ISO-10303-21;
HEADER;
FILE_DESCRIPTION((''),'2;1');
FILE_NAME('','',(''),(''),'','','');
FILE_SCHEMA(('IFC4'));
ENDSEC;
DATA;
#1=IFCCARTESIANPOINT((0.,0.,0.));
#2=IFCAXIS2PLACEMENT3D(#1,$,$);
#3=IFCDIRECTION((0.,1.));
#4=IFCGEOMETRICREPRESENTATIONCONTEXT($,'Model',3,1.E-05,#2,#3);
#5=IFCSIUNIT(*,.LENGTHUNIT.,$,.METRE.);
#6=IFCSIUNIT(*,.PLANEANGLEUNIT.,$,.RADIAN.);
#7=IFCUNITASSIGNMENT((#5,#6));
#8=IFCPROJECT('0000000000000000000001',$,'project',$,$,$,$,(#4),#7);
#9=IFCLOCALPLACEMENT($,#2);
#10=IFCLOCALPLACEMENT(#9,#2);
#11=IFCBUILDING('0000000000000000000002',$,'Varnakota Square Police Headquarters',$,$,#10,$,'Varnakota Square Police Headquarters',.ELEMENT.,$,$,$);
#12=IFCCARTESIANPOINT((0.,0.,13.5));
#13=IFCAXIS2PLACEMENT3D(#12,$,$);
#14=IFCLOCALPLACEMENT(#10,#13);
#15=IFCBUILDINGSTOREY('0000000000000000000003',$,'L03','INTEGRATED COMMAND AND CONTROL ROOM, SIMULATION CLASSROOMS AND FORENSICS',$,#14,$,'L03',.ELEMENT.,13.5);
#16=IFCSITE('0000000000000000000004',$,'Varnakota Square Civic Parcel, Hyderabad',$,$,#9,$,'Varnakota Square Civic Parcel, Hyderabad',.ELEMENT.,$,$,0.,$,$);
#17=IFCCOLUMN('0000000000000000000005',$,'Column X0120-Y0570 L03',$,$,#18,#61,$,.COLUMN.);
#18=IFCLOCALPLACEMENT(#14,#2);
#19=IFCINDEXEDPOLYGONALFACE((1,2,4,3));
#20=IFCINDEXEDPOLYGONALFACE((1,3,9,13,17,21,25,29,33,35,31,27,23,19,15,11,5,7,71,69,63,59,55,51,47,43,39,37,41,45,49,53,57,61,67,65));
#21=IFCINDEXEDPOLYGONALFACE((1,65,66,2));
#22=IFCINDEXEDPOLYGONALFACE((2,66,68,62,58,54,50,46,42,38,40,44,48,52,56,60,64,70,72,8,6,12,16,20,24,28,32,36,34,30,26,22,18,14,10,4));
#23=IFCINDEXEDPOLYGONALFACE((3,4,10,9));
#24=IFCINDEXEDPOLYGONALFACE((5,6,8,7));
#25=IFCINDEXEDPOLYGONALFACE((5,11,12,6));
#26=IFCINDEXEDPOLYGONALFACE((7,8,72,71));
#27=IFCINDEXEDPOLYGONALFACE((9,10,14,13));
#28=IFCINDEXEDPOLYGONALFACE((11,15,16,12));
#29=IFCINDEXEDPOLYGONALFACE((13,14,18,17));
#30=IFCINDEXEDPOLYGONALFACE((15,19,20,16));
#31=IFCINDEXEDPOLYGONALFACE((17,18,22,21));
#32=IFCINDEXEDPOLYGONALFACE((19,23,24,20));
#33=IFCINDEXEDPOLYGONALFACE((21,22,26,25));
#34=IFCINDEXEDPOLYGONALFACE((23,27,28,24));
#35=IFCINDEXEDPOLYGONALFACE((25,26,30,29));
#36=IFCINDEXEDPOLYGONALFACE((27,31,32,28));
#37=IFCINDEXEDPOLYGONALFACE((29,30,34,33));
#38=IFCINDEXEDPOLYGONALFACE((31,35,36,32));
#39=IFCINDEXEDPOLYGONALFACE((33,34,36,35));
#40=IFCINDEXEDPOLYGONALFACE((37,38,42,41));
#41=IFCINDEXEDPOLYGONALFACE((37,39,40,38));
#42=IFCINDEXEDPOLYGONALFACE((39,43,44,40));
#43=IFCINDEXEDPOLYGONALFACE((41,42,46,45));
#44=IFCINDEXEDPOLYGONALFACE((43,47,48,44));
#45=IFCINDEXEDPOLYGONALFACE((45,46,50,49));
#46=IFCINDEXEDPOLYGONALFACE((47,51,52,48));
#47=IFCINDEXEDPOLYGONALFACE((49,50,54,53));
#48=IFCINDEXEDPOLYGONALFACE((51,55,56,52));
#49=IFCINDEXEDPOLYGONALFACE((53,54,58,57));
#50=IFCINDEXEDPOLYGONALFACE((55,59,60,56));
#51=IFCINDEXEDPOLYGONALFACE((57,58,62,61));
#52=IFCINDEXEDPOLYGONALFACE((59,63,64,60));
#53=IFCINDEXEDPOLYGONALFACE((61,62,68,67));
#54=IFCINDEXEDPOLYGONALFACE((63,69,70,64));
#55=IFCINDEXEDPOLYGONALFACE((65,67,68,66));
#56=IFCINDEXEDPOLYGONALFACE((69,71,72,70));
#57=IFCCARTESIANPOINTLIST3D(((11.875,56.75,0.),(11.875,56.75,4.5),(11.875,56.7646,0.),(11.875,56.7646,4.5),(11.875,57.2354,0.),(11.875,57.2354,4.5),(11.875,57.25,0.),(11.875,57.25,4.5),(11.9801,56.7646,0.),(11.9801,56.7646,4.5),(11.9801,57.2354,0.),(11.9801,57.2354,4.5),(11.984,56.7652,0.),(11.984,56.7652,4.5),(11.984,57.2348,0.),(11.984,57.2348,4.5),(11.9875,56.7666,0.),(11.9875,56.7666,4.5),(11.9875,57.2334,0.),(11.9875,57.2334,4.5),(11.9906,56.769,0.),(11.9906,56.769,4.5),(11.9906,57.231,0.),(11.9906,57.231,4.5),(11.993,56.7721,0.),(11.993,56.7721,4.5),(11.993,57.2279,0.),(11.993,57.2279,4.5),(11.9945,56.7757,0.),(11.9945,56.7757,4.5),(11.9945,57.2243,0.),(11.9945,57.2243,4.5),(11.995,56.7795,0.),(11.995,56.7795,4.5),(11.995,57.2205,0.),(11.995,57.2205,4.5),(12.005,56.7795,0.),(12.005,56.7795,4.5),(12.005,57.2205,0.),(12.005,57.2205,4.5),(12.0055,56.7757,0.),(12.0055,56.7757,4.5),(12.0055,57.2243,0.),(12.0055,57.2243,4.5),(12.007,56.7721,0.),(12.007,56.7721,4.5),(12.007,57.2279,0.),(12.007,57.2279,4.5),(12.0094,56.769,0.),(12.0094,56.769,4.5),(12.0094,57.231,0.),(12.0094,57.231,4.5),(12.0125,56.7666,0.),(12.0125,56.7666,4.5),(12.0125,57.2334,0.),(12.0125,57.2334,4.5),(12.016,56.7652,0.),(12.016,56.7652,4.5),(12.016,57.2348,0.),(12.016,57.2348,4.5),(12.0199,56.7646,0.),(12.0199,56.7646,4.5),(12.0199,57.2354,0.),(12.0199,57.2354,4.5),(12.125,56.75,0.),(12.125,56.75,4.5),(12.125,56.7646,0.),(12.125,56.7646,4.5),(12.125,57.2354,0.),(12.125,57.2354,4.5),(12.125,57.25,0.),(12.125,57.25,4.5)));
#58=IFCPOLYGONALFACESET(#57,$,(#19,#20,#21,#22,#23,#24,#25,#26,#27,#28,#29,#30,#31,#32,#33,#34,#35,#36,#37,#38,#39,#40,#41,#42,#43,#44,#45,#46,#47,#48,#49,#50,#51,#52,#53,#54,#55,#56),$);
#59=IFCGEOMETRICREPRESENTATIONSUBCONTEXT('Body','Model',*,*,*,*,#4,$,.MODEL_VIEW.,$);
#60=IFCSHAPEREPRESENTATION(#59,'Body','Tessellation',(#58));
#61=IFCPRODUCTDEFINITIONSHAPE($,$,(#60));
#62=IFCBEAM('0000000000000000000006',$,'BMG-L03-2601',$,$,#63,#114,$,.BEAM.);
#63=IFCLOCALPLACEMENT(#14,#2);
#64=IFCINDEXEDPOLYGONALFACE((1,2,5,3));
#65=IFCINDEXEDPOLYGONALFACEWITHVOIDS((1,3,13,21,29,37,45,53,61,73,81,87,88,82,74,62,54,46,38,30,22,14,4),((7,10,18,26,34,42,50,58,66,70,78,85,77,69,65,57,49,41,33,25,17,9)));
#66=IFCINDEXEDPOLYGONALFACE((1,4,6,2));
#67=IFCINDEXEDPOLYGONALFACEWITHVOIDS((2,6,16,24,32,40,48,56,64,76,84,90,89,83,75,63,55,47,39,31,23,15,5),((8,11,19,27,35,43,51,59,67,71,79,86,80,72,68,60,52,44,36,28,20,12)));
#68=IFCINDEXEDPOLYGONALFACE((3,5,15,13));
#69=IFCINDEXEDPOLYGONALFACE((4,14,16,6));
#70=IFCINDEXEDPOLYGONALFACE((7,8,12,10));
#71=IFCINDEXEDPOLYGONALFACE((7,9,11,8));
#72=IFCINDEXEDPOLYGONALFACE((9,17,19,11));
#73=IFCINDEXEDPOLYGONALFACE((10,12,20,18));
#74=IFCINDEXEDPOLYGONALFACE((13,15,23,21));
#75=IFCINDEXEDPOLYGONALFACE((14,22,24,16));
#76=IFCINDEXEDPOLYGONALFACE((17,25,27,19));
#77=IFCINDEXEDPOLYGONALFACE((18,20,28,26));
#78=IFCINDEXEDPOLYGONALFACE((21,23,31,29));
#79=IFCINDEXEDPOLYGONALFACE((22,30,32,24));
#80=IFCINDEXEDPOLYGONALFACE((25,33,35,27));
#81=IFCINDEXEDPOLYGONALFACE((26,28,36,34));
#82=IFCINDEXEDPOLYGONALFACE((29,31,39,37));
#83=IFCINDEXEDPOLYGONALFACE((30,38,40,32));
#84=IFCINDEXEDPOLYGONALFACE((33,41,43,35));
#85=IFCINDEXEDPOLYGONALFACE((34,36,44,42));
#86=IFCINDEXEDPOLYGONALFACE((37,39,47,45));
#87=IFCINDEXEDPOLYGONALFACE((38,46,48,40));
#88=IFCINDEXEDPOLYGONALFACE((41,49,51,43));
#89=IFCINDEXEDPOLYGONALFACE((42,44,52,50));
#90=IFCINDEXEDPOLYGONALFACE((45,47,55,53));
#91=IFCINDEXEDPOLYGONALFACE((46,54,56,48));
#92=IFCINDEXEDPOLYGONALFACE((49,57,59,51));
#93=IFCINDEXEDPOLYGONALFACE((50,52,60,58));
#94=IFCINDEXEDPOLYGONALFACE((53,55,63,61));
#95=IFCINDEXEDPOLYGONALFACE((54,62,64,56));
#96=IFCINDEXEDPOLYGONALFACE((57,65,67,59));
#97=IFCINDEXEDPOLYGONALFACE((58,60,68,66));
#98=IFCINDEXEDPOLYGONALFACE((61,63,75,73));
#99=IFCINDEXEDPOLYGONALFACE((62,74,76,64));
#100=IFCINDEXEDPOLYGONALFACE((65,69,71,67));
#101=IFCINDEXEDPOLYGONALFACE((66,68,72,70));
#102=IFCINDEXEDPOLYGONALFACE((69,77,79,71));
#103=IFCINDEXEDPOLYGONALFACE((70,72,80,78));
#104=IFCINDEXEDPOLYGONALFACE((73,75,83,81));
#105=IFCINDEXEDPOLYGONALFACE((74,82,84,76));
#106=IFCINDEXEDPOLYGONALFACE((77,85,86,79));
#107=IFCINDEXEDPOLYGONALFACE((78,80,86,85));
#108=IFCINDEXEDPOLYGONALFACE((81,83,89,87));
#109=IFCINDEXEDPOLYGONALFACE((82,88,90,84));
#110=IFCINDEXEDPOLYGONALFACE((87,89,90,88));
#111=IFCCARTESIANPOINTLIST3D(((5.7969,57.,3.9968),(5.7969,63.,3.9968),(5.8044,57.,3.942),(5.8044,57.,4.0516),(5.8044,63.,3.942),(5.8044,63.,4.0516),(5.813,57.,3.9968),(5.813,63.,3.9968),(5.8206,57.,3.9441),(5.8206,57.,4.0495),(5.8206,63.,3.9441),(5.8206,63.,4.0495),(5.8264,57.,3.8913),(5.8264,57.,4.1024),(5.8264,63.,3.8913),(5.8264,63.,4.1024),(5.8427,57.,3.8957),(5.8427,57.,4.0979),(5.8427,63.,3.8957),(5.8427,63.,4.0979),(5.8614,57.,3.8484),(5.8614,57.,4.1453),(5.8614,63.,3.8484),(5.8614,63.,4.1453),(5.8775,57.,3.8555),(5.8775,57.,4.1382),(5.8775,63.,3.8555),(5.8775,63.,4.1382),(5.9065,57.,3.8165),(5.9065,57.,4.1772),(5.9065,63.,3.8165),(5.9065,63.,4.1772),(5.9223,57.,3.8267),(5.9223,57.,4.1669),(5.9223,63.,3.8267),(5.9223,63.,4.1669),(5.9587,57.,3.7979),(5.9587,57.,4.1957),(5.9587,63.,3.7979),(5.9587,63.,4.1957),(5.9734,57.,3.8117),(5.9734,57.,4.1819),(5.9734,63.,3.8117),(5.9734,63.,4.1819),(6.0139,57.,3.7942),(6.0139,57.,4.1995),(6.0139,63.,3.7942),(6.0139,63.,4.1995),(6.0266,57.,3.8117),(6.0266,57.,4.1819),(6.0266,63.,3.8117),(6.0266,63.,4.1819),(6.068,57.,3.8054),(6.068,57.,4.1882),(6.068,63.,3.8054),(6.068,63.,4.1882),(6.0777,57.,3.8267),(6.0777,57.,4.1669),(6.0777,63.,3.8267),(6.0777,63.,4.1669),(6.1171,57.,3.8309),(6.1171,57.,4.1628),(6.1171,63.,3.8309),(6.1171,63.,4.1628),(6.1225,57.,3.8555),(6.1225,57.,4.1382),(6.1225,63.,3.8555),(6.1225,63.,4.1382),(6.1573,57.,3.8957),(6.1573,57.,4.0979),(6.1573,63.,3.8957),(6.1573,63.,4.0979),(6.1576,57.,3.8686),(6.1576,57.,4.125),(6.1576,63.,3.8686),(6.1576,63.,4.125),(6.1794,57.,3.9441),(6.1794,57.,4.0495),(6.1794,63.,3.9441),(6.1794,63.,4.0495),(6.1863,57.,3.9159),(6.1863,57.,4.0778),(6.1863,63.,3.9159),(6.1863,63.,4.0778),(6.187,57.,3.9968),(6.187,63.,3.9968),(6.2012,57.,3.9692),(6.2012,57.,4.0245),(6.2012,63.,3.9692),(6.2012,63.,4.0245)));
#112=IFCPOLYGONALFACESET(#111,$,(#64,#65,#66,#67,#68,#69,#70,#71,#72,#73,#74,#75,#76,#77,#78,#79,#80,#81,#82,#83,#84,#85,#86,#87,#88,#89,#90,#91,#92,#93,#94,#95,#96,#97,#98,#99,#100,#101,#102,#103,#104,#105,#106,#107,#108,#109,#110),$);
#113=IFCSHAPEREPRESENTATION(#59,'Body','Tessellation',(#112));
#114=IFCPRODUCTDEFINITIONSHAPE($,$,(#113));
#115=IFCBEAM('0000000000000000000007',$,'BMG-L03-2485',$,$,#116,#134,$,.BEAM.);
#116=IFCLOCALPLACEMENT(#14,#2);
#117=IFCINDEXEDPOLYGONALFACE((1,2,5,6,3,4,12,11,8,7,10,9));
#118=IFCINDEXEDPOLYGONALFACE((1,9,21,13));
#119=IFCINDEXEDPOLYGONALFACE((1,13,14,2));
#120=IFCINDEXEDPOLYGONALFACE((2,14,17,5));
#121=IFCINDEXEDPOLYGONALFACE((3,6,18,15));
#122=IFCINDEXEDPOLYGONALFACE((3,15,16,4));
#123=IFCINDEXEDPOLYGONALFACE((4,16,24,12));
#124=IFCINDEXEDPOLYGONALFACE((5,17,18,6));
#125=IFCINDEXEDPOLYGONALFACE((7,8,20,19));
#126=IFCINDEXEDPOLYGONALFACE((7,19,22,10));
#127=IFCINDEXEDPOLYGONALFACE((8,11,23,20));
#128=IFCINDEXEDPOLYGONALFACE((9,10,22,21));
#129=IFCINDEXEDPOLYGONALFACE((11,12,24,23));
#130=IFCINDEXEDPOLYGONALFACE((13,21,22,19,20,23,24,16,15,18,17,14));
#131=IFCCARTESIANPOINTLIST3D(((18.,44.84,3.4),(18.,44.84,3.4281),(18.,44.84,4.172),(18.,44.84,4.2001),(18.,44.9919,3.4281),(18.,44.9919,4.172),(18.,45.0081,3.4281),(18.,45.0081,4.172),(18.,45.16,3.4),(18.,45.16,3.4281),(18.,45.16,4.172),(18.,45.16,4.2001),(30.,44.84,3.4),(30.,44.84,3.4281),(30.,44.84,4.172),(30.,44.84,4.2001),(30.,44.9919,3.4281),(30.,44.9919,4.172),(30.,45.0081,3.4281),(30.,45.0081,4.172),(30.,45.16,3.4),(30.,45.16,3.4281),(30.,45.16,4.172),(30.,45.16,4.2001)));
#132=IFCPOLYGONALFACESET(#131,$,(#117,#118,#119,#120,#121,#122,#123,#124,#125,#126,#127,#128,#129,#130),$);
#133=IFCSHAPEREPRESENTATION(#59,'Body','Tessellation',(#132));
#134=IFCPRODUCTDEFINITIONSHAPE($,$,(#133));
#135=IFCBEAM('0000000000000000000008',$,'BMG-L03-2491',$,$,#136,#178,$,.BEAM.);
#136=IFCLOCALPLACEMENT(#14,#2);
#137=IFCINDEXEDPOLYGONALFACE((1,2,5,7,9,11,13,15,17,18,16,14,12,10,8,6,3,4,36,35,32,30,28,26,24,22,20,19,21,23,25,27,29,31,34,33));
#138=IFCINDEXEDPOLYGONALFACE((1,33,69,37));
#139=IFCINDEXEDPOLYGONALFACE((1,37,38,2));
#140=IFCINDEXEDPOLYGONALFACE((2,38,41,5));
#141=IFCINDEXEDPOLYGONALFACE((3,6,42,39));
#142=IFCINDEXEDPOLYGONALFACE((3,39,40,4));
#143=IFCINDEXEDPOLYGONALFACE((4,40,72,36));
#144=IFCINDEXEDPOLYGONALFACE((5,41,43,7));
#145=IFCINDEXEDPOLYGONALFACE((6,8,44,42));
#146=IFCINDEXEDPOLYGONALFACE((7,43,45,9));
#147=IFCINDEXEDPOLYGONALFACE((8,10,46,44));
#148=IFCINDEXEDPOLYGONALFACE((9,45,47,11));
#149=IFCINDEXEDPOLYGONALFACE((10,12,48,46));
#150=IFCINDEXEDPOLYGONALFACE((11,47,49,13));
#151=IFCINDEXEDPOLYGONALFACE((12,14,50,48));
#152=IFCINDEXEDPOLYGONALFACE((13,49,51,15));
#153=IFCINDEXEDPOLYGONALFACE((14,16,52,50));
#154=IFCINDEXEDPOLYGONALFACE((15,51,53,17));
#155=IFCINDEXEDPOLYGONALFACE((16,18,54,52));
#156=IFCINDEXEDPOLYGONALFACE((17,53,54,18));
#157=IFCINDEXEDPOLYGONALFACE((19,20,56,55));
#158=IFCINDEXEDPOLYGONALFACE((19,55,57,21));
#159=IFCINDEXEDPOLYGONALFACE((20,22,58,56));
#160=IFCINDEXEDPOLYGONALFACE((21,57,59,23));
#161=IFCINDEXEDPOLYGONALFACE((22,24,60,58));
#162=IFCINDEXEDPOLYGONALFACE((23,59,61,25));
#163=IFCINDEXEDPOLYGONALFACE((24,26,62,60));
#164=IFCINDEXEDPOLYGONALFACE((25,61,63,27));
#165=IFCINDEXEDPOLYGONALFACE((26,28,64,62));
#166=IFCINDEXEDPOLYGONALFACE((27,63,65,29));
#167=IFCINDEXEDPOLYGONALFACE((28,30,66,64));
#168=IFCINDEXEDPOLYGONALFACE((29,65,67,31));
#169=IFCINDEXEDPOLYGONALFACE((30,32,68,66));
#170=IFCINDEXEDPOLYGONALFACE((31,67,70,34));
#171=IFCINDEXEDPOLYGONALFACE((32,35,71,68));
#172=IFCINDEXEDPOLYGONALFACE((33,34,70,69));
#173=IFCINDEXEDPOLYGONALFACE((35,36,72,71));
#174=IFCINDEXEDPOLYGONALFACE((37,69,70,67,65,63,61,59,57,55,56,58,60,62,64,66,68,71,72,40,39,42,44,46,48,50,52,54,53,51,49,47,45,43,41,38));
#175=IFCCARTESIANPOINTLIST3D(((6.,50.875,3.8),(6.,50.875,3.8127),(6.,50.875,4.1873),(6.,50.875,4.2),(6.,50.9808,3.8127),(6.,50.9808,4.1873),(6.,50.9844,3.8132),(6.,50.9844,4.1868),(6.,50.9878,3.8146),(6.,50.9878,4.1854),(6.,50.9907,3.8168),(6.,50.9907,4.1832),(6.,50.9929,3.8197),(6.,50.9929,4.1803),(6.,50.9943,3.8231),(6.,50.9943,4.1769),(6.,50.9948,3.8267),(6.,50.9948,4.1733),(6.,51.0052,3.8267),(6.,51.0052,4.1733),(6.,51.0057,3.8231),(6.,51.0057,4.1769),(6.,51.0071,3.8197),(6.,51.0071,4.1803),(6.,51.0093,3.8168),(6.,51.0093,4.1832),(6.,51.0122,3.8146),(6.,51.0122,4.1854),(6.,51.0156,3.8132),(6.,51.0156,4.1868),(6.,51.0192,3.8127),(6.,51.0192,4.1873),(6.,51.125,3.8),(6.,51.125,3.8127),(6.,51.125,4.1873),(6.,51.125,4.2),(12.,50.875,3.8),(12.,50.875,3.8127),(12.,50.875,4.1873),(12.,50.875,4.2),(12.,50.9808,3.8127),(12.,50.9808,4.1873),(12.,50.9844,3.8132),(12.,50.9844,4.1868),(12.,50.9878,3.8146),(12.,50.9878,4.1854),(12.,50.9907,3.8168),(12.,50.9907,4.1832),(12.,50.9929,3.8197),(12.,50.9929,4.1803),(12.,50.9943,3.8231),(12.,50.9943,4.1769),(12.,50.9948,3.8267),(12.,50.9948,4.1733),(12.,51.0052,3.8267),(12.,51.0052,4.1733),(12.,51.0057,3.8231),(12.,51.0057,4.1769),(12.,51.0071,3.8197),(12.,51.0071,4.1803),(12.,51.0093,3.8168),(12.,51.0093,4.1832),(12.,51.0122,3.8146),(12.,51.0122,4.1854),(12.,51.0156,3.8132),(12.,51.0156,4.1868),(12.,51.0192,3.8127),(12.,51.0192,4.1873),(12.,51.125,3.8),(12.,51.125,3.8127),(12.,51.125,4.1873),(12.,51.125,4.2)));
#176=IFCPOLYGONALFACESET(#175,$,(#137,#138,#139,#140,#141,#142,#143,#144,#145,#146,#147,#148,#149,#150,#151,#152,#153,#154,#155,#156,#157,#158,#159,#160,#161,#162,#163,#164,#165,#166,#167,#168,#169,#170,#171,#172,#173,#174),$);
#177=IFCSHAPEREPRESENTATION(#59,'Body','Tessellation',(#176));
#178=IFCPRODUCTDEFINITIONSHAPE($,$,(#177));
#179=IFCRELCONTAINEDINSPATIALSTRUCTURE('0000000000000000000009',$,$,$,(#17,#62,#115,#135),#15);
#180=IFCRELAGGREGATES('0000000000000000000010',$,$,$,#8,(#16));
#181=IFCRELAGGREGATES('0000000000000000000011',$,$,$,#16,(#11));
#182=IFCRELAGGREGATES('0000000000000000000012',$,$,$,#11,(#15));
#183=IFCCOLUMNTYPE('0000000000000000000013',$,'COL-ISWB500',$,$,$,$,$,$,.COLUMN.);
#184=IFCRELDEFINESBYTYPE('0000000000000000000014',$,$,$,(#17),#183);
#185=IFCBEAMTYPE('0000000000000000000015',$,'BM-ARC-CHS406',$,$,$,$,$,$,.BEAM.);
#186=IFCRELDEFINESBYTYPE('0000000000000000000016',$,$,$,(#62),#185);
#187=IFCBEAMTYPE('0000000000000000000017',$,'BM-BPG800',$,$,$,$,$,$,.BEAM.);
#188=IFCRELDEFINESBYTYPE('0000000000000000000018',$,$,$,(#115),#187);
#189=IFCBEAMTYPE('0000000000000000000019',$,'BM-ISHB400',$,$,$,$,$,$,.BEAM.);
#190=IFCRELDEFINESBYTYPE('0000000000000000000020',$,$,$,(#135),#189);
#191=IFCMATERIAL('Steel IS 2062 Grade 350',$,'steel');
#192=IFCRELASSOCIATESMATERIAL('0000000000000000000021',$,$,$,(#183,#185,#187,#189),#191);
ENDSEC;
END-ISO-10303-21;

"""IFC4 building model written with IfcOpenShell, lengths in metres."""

from ifc_helpers import new_model, si_unit, direction, frame, origin, origin_2d, place, context, subcontext, project, spatial, hollow_circle, i_section, extrude, material, material_profile, profile_set, type_object, element, save


model = new_model("IFC4")

# Units and contexts
model_context = context("Model", 3, precision=1e-05, world=origin(), true_north=direction((0.0, 1.0)))
body_context = subcontext(model_context, "Body", "Model", "MODEL_VIEW")
ifc_project = project(units=[si_unit("LENGTHUNIT", "METRE"), si_unit("PLANEANGLEUNIT", "RADIAN")], contexts=[model_context])

# Site, building, storey
site_placement = place(None, origin())
site = spatial("IfcSite", under=ifc_project, at=site_placement, Name="Varnakota Square Civic Parcel, Hyderabad", LongName="Varnakota Square Civic Parcel, Hyderabad", CompositionType="ELEMENT", RefElevation=0.0)
building_placement = place(site_placement, origin())
building = spatial("IfcBuilding", under=site, at=building_placement, Name="Varnakota Square Police Headquarters", LongName="Varnakota Square Police Headquarters", CompositionType="ELEMENT")
storey_placement = place(building_placement, frame((0.0, 0.0, 13.5)))
storey = spatial("IfcBuildingStorey", under=building, at=storey_placement, Name="L03", Description="INTEGRATED COMMAND AND CONTROL ROOM, SIMULATION CLASSROOMS AND FORENSICS", LongName="L03", CompositionType="ELEMENT", Elevation=13.5)

# Column
ifc_material_1 = material(Name="Steel IS 2062 Grade 350", Category="steel")
ifc_material_profile_1 = material_profile(ifc_material_1, i_section(OverallWidth=0.25, OverallDepth=0.5, WebThickness=0.01, FlangeThickness=0.0146, FilletRadius=0.0149, at=origin_2d()), Name="ISWB 500")
ifc_profile_set_1 = profile_set([ifc_material_profile_1], Name="Steel IS 2062 Grade 350")
column_type_1 = type_object("IfcColumnType", Name="COL-ISWB500", PredefinedType="COLUMN", material=ifc_profile_set_1)
column_1_placement = place(storey_placement, frame((12.0, 57.0, 0.0), z_axis=(0.0, 0.0, 1.0), x_axis=(1.0, 0.0, 0.0)))
element("IfcColumn", 1, at=column_1_placement, inside=storey, type_object=column_type_1, Name="Column X0120-Y0570 L03", PredefinedType="COLUMN", context=body_context, shape_type="SweptSolid", body=[
    extrude(i_section(OverallWidth=0.25, OverallDepth=0.5, WebThickness=0.01, FlangeThickness=0.0146, FilletRadius=0.0149, at=origin_2d()), origin(), (0.0, 0.0, 1.0), 4.5),
])

# Beams
ifc_material_profile_2 = material_profile(ifc_material_1, hollow_circle(Radius=0.2031, WallThickness=0.0161, at=origin_2d()), Name="CHS 406.4x16.0")
ifc_profile_set_2 = profile_set([ifc_material_profile_2], Name="Steel IS 2062 Grade 350")
beam_type_1 = type_object("IfcBeamType", Name="BM-ARC-CHS406", PredefinedType="BEAM", material=ifc_profile_set_2)
beam_1_placement = place(storey_placement, frame((6.0, 57.0, 3.9968), z_axis=(0.0, 1.0, 0.0), x_axis=(-1.0, 0.0, 0.0)))
element("IfcBeam", 2, at=beam_1_placement, inside=storey, type_object=beam_type_1, Name="BMG-L03-2601", PredefinedType="BEAM", context=body_context, shape_type="SweptSolid", body=[
    extrude(hollow_circle(Radius=0.2031, WallThickness=0.0161, at=origin_2d()), origin(), (0.0, 0.0, 1.0), 6.0),
])
ifc_material_profile_3 = material_profile(ifc_material_1, i_section(OverallWidth=0.3201, OverallDepth=0.8, WebThickness=0.0161, FlangeThickness=0.0281, at=origin_2d()), Name="BPG 800x320")
ifc_profile_set_3 = profile_set([ifc_material_profile_3], Name="Steel IS 2062 Grade 350")
beam_type_2 = type_object("IfcBeamType", Name="BM-BPG800", PredefinedType="BEAM", material=ifc_profile_set_3)
beam_2_placement = place(storey_placement, frame((18.0, 45.0, 3.8), z_axis=(1.0, 0.0, 0.0), x_axis=(0.0, 1.0, 0.0)))
element("IfcBeam", 3, at=beam_2_placement, inside=storey, type_object=beam_type_2, Name="BMG-L03-2485", PredefinedType="BEAM", context=body_context, shape_type="SweptSolid", body=[
    extrude(i_section(OverallWidth=0.3201, OverallDepth=0.8, WebThickness=0.0161, FlangeThickness=0.0281, at=origin_2d()), origin(), (0.0, 0.0, 1.0), 12.0),
])
ifc_material_profile_4 = material_profile(ifc_material_1, i_section(OverallWidth=0.25, OverallDepth=0.3999, WebThickness=0.0105, FlangeThickness=0.0127, FilletRadius=0.0139, at=origin_2d()), Name="ISHB 400")
ifc_profile_set_4 = profile_set([ifc_material_profile_4], Name="Steel IS 2062 Grade 350")
beam_type_3 = type_object("IfcBeamType", Name="BM-ISHB400", PredefinedType="BEAM", material=ifc_profile_set_4)
for number, where, z_axis, x_axis, name in (
    (4, (6.0, 51.0, 4.0), (1.0, 0.0, 0.0), (0.0, 1.0, 0.0), "BMG-L03-2491"),
):
    element("IfcBeam", number, at=place(storey_placement, frame(where, z_axis=z_axis, x_axis=x_axis)), inside=storey, type_object=beam_type_3, Name=name, PredefinedType="BEAM", context=body_context, shape_type="SweptSolid", body=[
        extrude(i_section(OverallWidth=0.25, OverallDepth=0.3999, WebThickness=0.0105, FlangeThickness=0.0127, FilletRadius=0.0139, at=origin_2d()), origin(), (0.0, 0.0, 1.0), 6.0),
    ])

save(model, "model.ifc")
